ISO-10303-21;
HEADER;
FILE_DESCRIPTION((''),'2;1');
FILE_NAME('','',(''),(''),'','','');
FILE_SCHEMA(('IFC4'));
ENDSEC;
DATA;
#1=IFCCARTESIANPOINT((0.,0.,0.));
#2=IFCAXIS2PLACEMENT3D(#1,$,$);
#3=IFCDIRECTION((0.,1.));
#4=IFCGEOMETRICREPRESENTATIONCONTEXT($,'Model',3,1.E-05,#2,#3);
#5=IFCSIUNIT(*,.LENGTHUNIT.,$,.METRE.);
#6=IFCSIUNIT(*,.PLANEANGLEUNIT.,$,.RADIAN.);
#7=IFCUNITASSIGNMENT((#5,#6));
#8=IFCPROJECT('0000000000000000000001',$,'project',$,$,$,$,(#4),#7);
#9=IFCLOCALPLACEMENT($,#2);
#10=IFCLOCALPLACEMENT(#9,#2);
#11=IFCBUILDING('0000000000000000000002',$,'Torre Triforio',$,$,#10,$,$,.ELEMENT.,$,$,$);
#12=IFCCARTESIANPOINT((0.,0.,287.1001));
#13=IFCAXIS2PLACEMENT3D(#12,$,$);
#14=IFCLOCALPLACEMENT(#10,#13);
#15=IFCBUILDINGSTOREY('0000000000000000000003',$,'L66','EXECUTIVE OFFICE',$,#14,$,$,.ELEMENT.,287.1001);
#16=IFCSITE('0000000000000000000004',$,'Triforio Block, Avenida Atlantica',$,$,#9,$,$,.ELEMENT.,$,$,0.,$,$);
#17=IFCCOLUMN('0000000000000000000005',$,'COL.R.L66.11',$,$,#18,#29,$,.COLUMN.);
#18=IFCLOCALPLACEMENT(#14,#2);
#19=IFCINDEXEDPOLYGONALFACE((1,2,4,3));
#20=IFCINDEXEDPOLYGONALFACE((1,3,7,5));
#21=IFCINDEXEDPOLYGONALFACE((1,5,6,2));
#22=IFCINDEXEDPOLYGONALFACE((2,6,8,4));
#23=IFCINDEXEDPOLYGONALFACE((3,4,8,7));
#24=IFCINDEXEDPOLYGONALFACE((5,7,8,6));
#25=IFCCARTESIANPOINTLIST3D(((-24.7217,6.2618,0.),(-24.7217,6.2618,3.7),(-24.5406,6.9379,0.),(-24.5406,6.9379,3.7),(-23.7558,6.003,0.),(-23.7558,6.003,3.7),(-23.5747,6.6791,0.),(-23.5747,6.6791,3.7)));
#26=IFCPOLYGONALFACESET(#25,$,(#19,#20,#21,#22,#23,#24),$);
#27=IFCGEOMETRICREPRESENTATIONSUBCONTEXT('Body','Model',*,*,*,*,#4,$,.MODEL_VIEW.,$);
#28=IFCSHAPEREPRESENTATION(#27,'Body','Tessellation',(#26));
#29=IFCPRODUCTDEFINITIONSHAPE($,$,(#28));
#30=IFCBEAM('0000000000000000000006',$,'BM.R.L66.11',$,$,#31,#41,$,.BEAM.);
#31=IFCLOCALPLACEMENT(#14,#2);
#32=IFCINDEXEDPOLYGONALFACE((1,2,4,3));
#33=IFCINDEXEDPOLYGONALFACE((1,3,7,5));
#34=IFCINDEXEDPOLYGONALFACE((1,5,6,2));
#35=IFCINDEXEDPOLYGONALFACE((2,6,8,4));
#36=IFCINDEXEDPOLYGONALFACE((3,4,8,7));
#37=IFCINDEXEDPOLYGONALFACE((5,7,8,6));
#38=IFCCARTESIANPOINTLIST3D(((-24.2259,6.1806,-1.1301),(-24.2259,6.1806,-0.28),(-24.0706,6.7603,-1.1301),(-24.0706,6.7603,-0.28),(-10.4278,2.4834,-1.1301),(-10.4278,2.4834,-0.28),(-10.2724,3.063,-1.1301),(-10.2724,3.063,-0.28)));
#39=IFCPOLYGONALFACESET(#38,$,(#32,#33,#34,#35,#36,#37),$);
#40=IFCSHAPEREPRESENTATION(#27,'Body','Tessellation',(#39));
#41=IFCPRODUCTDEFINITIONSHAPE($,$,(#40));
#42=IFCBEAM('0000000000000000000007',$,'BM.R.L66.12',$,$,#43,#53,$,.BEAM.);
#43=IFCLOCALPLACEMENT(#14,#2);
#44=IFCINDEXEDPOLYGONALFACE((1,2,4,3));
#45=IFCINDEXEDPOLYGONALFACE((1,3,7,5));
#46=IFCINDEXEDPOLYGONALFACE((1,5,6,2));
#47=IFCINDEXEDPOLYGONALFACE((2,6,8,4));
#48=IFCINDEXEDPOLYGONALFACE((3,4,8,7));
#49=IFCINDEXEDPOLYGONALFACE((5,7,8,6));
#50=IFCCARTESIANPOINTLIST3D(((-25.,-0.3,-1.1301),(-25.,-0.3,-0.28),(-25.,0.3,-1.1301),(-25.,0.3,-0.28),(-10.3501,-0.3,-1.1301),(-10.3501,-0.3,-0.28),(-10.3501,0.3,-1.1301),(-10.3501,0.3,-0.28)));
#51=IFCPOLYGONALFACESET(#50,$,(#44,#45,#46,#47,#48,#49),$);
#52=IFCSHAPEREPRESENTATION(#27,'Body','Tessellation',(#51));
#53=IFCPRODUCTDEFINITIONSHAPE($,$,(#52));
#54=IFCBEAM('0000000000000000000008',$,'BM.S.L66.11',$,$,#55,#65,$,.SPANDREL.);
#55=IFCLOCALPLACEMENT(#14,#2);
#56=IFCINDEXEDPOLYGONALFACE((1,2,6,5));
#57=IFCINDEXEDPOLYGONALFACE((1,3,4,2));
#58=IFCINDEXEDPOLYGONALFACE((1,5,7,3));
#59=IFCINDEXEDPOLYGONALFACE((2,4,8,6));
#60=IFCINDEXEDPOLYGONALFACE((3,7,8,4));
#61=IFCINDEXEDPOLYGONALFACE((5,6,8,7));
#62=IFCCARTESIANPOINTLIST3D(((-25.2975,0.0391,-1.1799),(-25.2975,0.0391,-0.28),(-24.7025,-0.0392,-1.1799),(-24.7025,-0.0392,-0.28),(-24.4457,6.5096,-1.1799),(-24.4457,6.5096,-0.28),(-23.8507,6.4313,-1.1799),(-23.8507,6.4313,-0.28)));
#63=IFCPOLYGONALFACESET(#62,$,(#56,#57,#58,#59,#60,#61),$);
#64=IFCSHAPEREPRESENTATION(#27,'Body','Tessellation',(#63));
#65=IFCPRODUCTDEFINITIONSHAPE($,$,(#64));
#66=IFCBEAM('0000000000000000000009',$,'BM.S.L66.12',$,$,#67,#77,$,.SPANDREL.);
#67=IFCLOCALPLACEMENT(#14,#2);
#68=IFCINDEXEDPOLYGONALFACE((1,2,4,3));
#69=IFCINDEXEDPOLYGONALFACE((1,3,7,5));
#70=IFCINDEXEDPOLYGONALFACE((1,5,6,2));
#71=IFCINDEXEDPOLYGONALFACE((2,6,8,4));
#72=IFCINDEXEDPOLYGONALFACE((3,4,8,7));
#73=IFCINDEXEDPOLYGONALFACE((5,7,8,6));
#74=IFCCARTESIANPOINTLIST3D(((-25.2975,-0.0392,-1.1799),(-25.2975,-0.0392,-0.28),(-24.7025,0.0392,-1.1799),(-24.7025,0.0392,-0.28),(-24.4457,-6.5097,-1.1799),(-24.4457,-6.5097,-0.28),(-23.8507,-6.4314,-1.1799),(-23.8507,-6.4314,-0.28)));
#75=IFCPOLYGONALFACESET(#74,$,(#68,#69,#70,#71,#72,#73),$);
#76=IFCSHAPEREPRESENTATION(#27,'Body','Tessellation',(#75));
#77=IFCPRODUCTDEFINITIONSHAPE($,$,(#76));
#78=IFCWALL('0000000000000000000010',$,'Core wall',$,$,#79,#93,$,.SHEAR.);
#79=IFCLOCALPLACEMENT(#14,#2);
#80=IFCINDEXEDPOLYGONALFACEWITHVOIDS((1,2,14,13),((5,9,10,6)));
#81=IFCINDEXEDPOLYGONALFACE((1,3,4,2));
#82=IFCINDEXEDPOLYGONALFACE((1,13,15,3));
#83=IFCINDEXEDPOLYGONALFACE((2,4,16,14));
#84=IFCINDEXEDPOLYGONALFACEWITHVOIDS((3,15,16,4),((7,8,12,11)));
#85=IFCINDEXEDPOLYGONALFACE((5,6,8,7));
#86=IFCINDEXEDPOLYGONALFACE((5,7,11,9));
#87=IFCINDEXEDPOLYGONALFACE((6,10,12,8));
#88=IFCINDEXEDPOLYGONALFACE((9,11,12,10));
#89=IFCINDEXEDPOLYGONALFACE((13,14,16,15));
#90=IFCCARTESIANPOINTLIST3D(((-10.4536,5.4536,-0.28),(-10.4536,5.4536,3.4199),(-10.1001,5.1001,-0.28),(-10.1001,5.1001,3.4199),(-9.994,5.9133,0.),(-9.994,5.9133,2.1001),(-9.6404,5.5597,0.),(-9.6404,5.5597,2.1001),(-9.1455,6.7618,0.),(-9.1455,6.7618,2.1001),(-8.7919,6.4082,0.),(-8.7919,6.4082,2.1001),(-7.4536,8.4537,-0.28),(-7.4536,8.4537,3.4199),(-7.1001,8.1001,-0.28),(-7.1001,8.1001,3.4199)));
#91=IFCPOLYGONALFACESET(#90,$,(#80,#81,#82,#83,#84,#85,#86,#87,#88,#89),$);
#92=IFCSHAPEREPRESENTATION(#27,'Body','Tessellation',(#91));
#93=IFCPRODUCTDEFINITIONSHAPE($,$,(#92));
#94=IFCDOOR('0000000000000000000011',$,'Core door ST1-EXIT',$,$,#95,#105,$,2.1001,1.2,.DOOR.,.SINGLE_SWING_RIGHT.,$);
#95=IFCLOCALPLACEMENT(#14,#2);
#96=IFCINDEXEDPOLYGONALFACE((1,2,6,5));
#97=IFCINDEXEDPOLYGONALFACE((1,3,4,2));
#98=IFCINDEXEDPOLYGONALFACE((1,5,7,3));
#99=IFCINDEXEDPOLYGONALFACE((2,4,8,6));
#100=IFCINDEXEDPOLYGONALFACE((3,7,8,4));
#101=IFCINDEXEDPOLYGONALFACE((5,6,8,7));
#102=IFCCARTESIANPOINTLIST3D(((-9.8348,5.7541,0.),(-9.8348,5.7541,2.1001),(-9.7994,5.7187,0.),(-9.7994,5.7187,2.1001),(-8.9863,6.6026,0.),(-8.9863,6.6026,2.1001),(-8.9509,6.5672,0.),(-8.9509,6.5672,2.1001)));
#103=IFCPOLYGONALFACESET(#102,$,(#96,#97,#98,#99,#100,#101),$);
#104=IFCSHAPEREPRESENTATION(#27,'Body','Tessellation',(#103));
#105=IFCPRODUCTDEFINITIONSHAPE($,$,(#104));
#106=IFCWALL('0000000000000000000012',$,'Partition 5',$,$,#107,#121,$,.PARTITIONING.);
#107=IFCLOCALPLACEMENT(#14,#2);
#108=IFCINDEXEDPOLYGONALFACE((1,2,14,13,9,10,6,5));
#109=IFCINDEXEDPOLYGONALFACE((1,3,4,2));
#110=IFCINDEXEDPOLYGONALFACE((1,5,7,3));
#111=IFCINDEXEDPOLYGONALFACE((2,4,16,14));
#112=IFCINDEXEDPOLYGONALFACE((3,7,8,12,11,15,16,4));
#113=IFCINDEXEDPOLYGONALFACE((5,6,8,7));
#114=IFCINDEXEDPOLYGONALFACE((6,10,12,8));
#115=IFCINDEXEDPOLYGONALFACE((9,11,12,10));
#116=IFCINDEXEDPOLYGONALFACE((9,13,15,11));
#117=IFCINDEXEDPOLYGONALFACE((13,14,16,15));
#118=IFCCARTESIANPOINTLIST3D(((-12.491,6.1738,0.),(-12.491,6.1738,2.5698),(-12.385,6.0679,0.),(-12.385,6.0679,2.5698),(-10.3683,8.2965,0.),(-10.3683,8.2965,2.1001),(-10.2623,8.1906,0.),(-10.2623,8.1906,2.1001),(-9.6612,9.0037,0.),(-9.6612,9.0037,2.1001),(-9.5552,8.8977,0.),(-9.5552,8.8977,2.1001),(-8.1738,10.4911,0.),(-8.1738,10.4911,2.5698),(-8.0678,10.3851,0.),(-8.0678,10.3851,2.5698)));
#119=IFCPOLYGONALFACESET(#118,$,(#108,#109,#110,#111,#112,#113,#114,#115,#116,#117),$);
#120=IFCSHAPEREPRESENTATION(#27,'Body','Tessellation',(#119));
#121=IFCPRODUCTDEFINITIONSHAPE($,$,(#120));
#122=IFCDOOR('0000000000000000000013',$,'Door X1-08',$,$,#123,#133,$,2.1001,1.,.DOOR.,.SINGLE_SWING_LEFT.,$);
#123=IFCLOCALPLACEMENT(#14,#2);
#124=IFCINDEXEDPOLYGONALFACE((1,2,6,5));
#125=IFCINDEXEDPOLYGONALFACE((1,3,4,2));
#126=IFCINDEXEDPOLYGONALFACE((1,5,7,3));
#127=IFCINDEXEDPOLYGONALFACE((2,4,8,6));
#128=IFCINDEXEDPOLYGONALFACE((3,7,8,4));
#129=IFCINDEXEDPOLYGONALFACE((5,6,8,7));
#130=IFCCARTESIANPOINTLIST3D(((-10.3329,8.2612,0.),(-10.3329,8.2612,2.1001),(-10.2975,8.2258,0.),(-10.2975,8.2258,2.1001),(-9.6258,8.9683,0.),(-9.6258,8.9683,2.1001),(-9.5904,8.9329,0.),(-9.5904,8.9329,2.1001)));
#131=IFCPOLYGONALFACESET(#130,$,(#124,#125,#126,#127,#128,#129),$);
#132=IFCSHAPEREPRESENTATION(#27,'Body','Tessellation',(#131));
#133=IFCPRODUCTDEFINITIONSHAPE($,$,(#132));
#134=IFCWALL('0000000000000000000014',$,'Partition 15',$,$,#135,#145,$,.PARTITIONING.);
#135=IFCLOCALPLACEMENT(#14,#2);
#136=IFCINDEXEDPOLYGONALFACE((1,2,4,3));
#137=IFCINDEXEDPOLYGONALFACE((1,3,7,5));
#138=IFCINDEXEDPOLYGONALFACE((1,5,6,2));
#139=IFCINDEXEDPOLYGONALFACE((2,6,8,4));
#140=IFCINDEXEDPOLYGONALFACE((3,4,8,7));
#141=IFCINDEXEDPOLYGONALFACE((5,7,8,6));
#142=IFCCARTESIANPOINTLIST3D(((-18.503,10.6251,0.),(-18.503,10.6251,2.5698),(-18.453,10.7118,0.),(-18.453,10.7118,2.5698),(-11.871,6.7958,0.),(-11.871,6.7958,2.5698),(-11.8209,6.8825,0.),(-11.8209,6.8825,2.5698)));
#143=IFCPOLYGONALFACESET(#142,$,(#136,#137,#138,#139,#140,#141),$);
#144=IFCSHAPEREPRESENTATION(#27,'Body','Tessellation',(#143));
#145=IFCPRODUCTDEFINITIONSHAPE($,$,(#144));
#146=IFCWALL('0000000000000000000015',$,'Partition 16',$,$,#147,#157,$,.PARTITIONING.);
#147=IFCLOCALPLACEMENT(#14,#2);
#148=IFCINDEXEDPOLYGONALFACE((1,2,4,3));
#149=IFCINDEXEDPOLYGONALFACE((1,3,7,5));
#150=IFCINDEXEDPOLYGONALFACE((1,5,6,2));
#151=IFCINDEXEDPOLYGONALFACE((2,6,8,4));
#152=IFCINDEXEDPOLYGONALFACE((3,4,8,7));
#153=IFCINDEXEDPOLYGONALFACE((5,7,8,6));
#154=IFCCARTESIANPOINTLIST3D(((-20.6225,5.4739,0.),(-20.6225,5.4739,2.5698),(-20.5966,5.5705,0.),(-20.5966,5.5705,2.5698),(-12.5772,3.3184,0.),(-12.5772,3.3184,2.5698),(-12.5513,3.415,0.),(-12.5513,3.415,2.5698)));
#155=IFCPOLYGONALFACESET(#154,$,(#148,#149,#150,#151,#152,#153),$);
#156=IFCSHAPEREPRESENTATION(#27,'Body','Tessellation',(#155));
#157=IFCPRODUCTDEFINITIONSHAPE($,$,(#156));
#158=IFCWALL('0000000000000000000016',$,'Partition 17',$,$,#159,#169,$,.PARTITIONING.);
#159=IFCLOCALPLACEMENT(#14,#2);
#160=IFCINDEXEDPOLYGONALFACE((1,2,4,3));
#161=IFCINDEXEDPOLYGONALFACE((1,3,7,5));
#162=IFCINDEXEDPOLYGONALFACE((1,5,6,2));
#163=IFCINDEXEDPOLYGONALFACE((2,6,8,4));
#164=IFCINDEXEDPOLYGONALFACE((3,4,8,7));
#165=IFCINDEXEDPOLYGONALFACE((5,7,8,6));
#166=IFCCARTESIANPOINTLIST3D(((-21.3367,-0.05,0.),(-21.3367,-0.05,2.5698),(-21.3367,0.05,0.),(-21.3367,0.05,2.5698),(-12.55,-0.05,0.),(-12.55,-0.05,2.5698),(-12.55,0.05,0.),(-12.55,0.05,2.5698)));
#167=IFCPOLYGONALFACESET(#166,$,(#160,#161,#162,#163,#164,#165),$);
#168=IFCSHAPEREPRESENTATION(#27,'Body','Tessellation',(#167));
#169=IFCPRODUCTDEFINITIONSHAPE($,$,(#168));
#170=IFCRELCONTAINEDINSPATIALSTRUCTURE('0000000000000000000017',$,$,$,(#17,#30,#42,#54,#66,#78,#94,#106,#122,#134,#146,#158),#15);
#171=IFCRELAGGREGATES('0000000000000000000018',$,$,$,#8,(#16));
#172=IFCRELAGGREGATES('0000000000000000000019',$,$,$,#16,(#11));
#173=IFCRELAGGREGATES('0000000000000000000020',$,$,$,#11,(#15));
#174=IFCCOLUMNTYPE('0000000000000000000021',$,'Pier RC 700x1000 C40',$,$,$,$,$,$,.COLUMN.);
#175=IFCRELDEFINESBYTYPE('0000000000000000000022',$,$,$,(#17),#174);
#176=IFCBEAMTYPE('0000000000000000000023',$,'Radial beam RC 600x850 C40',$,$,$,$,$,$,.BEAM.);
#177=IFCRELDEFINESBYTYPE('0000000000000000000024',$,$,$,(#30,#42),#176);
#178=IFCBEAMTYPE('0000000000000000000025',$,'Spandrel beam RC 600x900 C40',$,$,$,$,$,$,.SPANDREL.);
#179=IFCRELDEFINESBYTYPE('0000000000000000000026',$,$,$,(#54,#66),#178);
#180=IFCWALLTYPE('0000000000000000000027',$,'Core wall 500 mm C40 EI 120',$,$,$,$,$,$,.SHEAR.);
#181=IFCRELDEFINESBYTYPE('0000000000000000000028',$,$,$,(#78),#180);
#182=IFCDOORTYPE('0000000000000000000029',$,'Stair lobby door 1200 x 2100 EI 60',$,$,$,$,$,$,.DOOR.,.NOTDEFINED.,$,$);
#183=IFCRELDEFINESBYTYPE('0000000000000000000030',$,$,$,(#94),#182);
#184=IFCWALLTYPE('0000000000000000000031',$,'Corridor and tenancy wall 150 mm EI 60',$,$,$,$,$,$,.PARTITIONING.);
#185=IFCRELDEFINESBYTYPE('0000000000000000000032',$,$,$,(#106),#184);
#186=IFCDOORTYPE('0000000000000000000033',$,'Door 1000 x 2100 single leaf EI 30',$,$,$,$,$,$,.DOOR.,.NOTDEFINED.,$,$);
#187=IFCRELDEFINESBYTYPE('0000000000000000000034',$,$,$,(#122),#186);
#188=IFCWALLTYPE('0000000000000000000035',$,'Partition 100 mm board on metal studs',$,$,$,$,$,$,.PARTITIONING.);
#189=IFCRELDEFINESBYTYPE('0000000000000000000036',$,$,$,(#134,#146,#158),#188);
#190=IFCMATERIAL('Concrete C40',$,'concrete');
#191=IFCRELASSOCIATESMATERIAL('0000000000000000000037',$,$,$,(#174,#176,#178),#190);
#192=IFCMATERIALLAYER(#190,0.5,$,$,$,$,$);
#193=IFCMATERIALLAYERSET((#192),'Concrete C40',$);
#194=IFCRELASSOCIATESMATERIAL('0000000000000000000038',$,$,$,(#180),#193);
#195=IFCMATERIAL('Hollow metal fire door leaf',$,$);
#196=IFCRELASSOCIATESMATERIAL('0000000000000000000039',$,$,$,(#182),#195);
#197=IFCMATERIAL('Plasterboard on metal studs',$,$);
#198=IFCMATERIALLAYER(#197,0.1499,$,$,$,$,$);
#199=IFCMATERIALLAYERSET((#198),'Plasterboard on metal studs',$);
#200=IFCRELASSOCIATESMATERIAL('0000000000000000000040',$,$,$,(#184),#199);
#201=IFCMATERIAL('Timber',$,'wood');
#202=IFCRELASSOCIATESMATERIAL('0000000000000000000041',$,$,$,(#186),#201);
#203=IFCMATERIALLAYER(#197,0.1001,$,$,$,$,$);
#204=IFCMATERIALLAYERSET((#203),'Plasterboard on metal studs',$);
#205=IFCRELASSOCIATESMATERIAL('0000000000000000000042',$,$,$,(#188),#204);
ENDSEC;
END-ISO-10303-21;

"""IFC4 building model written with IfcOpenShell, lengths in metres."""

from ifc_helpers import new_model, si_unit, direction, frame, frame_2d, origin, origin_2d, place, context, subcontext, project, spatial, rectangle, extrude, material, layer, layer_set, material_profile, profile_set, type_object, element, fill, save


model = new_model("IFC4")

# Units and contexts
model_context = context("Model", 3, precision=1e-05, world=origin(), true_north=direction((0.0, 1.0)))
body_context = subcontext(model_context, "Body", "Model", "MODEL_VIEW")
ifc_project = project(units=[si_unit("LENGTHUNIT", "METRE"), si_unit("PLANEANGLEUNIT", "RADIAN")], contexts=[model_context])

# Site, building, storey
site_placement = place(None, origin())
site = spatial("IfcSite", under=ifc_project, at=site_placement, Name="Triforio Block, Avenida Atlantica", CompositionType="ELEMENT", RefElevation=0.0)
building_placement = place(site_placement, origin())
building = spatial("IfcBuilding", under=site, at=building_placement, Name="Torre Triforio", CompositionType="ELEMENT")
storey_placement = place(building_placement, frame((0.0, 0.0, 287.1001)))
storey = spatial("IfcBuildingStorey", under=building, at=storey_placement, Name="L66", Description="EXECUTIVE OFFICE", CompositionType="ELEMENT", Elevation=287.1001)

# Column
ifc_material_1 = material(Name="Concrete C40", Category="concrete")
ifc_material_profile_1 = material_profile(ifc_material_1, rectangle(XDim=0.7, YDim=1.0, at=origin_2d()), Name="RC 700x1000")
ifc_profile_set_1 = profile_set([ifc_material_profile_1], Name="Concrete C40")
column_type = type_object("IfcColumnType", Name="Pier RC 700x1000 C40", PredefinedType="COLUMN", material=ifc_profile_set_1)
column_placement = place(storey_placement, frame((-24.1482, 6.4705, 0.0), z_axis=(0.0, 0.0, 1.0), x_axis=(-0.258819, -0.965926, 0.0)))
element("IfcColumn", 1, at=column_placement, inside=storey, type_object=column_type, Name="COL.R.L66.11", PredefinedType="COLUMN", context=body_context, shape_type="SweptSolid", body=[
    extrude(rectangle(XDim=0.7, YDim=1.0, at=origin_2d()), origin(), (0.0, 0.0, 1.0), 3.7),
])

# Beams
ifc_material_profile_2 = material_profile(ifc_material_1, rectangle(XDim=0.6001, YDim=0.8501, at=origin_2d()), Name="RC 600x850")
ifc_profile_set_2 = profile_set([ifc_material_profile_2], Name="Concrete C40")
beam_type_1 = type_object("IfcBeamType", Name="Radial beam RC 600x850 C40", PredefinedType="BEAM", material=ifc_profile_set_2)
beam_1_placement = place(storey_placement, frame((-10.3501, 2.7732, -0.7051), z_axis=(-0.965924, 0.258824, 0.0), x_axis=(-0.258824, -0.965924, 0.0)))
element("IfcBeam", 2, at=beam_1_placement, inside=storey, type_object=beam_type_1, Name="BM.R.L66.11", PredefinedType="BEAM", context=body_context, shape_type="SweptSolid", body=[
    extrude(rectangle(XDim=0.6001, YDim=0.8501, at=origin_2d()), origin(), (0.0, 0.0, 1.0), 14.2849),
])
beam_2_placement = place(storey_placement, frame((-10.3501, 0.0, -0.7051), z_axis=(-1.0, 0.0, 0.0), x_axis=(0.0, -1.0, 0.0)))
element("IfcBeam", 3, at=beam_2_placement, inside=storey, type_object=beam_type_1, Name="BM.R.L66.12", PredefinedType="BEAM", context=body_context, shape_type="SweptSolid", body=[
    extrude(rectangle(XDim=0.6001, YDim=0.8501, at=origin_2d()), origin(), (0.0, 0.0, 1.0), 14.6499),
])
ifc_material_profile_3 = material_profile(ifc_material_1, rectangle(XDim=0.6001, YDim=0.8999, at=origin_2d()), Name="RC 600x900")
ifc_profile_set_3 = profile_set([ifc_material_profile_3], Name="Concrete C40")
beam_type_2 = type_object("IfcBeamType", Name="Spandrel beam RC 600x900 C40", PredefinedType="SPANDREL", material=ifc_profile_set_3)
for number, where, z_axis, x_axis, name in (
    (4, (-24.1482, 6.4705, -0.73), (-0.130519, -0.991446, 0.0), (0.991446, -0.130519, 0.0), "BM.S.L66.11"),
    (5, (-25.0, 0.0, -0.73), (0.130519, -0.991446, 0.0), (0.991446, 0.130519, 0.0), "BM.S.L66.12"),
):
    element("IfcBeam", number, at=place(storey_placement, frame(where, z_axis=z_axis, x_axis=x_axis)), inside=storey, type_object=beam_type_2, Name=name, PredefinedType="SPANDREL", context=body_context, shape_type="SweptSolid", body=[
        extrude(rectangle(XDim=0.6001, YDim=0.8999, at=origin_2d()), origin(), (0.0, 0.0, 1.0), 6.5264),
    ])

# Walls, openings, doors
ifc_layer_1 = layer(ifc_material_1, 0.5)
ifc_layer_set_1 = layer_set([ifc_layer_1], Name="Concrete C40")
wall_type_1 = type_object("IfcWallType", Name="Core wall 500 mm C40 EI 120", PredefinedType="SHEAR", material=ifc_layer_set_1)
wall_1_placement = place(storey_placement, frame((-10.2769, 5.2769, -0.28), z_axis=(0.0, 0.0, 1.0), x_axis=(0.707107, 0.707107, 0.0)))
wall_1 = element("IfcWall", 6, at=wall_1_placement, inside=storey, type_object=wall_type_1, Name="Core wall", PredefinedType="SHEAR", context=body_context, shape_type="SweptSolid", body=[
    extrude(rectangle(XDim=4.2427, YDim=0.5, at=frame_2d((2.1213, 0.0))), origin(), (0.0, 0.0, 1.0), 3.7),
])
opening_1_placement = place(wall_1_placement, frame((0.6499, 0.0, 0.28)))
opening_1 = element("IfcOpeningElement", 7, at=opening_1_placement, cuts=wall_1, PredefinedType="OPENING", context=body_context, shape_type="SweptSolid", body=[
    extrude(rectangle(XDim=1.2, YDim=2.1001, at=frame_2d((0.6001, 1.05))), frame((0.0, 0.26, 0.0), z_axis=(0.0, -1.0, 0.0), x_axis=(1.0, 0.0, 0.0)), (0.0, 0.0, 1.0), 0.52),
])
ifc_material_2 = material(Name="Hollow metal fire door leaf")
door_type_1 = type_object("IfcDoorType", Name="Stair lobby door 1200 x 2100 EI 60", OperationType="NOTDEFINED", PredefinedType="DOOR", material=ifc_material_2)
door_1_placement = place(opening_1_placement, origin())
door_1 = element("IfcDoor", 8, at=door_1_placement, inside=storey, type_object=door_type_1, Name="Core door ST1-EXIT", OperationType="SINGLE_SWING_RIGHT", OverallHeight=2.1001, OverallWidth=1.2, PredefinedType="DOOR", context=body_context, shape_type="SweptSolid", body=[
    extrude(rectangle(XDim=1.2, YDim=2.1001, at=frame_2d((0.6001, 1.05))), frame((0.0, 0.0249, 0.0), z_axis=(0.0, -1.0, 0.0), x_axis=(1.0, 0.0, 0.0)), (0.0, 0.0, 1.0), 0.05),
])
fill(opening_1, door_1)
ifc_material_3 = material(Name="Plasterboard on metal studs")
ifc_layer_2 = layer(ifc_material_3, 0.1499)
ifc_layer_set_2 = layer_set([ifc_layer_2], Name="Plasterboard on metal studs")
wall_type_2 = type_object("IfcWallType", Name="Corridor and tenancy wall 150 mm EI 60", PredefinedType="PARTITIONING", material=ifc_layer_set_2)
wall_2_placement = place(storey_placement, frame((-12.438, 6.1208, 0.0), z_axis=(0.0, 0.0, 1.0), x_axis=(0.707107, 0.707107, 0.0)))
wall_2 = element("IfcWall", 9, at=wall_2_placement, inside=storey, type_object=wall_type_2, Name="Partition 5", PredefinedType="PARTITIONING", context=body_context, shape_type="SweptSolid", body=[
    extrude(rectangle(XDim=6.1055, YDim=0.1499, at=frame_2d((3.0527, 0.0))), origin(), (0.0, 0.0, 1.0), 2.5698),
])
opening_2_placement = place(wall_2_placement, frame((3.002, 0.0, 0.0)))
opening_2 = element("IfcOpeningElement", 10, at=opening_2_placement, cuts=wall_2, PredefinedType="OPENING", context=body_context, shape_type="SweptSolid", body=[
    extrude(rectangle(XDim=1.0, YDim=2.1001, at=frame_2d((0.5, 1.05))), frame((0.0, 0.085, 0.0), z_axis=(0.0, -1.0, 0.0), x_axis=(1.0, 0.0, 0.0)), (0.0, 0.0, 1.0), 0.1699),
])
ifc_material_4 = material(Name="Timber", Category="wood")
door_type_2 = type_object("IfcDoorType", Name="Door 1000 x 2100 single leaf EI 30", OperationType="NOTDEFINED", PredefinedType="DOOR", material=ifc_material_4)
door_2_placement = place(opening_2_placement, origin())
door_2 = element("IfcDoor", 11, at=door_2_placement, inside=storey, type_object=door_type_2, Name="Door X1-08", OperationType="SINGLE_SWING_LEFT", OverallHeight=2.1001, OverallWidth=1.0, PredefinedType="DOOR", context=body_context, shape_type="SweptSolid", body=[
    extrude(rectangle(XDim=1.0, YDim=2.1001, at=frame_2d((0.5, 1.05))), frame((0.0, 0.0249, 0.0), z_axis=(0.0, -1.0, 0.0), x_axis=(1.0, 0.0, 0.0)), (0.0, 0.0, 1.0), 0.05),
])
fill(opening_2, door_2)

# Walls
ifc_layer_3 = layer(ifc_material_3, 0.1001)
ifc_layer_set_3 = layer_set([ifc_layer_3], Name="Plasterboard on metal studs")
wall_type_3 = type_object("IfcWallType", Name="Partition 100 mm board on metal studs", PredefinedType="PARTITIONING", material=ifc_layer_set_3)
wall_3_placement = place(storey_placement, frame((-11.8459, 6.8391, 0.0), z_axis=(0.0, 0.0, 1.0), x_axis=(-0.866008, 0.500031, 0.0)))
element("IfcWall", 12, at=wall_3_placement, inside=storey, type_object=wall_type_3, Name="Partition 15", PredefinedType="PARTITIONING", context=body_context, shape_type="SweptSolid", body=[
    extrude(rectangle(XDim=7.6582, YDim=0.1001, at=frame_2d((3.8291, 0.0))), origin(), (0.0, 0.0, 1.0), 2.5698),
])
wall_4_placement = place(storey_placement, frame((-12.5642, 3.3667, 0.0), z_axis=(0.0, 0.0, 1.0), x_axis=(-0.965933, 0.258792, 0.0)))
element("IfcWall", 13, at=wall_4_placement, inside=storey, type_object=wall_type_3, Name="Partition 16", PredefinedType="PARTITIONING", context=body_context, shape_type="SweptSolid", body=[
    extrude(rectangle(XDim=8.3291, YDim=0.1001, at=frame_2d((4.1646, 0.0))), origin(), (0.0, 0.0, 1.0), 2.5698),
])
wall_5_placement = place(storey_placement, frame((-12.55, 0.0, 0.0), z_axis=(0.0, 0.0, 1.0), x_axis=(-1.0, 0.0, 0.0)))
element("IfcWall", 14, at=wall_5_placement, inside=storey, type_object=wall_type_3, Name="Partition 17", PredefinedType="PARTITIONING", context=body_context, shape_type="SweptSolid", body=[
    extrude(rectangle(XDim=8.7866, YDim=0.1001, at=frame_2d((4.3933, 0.0))), origin(), (0.0, 0.0, 1.0), 2.5698),
])

save(model, "model.ifc")
